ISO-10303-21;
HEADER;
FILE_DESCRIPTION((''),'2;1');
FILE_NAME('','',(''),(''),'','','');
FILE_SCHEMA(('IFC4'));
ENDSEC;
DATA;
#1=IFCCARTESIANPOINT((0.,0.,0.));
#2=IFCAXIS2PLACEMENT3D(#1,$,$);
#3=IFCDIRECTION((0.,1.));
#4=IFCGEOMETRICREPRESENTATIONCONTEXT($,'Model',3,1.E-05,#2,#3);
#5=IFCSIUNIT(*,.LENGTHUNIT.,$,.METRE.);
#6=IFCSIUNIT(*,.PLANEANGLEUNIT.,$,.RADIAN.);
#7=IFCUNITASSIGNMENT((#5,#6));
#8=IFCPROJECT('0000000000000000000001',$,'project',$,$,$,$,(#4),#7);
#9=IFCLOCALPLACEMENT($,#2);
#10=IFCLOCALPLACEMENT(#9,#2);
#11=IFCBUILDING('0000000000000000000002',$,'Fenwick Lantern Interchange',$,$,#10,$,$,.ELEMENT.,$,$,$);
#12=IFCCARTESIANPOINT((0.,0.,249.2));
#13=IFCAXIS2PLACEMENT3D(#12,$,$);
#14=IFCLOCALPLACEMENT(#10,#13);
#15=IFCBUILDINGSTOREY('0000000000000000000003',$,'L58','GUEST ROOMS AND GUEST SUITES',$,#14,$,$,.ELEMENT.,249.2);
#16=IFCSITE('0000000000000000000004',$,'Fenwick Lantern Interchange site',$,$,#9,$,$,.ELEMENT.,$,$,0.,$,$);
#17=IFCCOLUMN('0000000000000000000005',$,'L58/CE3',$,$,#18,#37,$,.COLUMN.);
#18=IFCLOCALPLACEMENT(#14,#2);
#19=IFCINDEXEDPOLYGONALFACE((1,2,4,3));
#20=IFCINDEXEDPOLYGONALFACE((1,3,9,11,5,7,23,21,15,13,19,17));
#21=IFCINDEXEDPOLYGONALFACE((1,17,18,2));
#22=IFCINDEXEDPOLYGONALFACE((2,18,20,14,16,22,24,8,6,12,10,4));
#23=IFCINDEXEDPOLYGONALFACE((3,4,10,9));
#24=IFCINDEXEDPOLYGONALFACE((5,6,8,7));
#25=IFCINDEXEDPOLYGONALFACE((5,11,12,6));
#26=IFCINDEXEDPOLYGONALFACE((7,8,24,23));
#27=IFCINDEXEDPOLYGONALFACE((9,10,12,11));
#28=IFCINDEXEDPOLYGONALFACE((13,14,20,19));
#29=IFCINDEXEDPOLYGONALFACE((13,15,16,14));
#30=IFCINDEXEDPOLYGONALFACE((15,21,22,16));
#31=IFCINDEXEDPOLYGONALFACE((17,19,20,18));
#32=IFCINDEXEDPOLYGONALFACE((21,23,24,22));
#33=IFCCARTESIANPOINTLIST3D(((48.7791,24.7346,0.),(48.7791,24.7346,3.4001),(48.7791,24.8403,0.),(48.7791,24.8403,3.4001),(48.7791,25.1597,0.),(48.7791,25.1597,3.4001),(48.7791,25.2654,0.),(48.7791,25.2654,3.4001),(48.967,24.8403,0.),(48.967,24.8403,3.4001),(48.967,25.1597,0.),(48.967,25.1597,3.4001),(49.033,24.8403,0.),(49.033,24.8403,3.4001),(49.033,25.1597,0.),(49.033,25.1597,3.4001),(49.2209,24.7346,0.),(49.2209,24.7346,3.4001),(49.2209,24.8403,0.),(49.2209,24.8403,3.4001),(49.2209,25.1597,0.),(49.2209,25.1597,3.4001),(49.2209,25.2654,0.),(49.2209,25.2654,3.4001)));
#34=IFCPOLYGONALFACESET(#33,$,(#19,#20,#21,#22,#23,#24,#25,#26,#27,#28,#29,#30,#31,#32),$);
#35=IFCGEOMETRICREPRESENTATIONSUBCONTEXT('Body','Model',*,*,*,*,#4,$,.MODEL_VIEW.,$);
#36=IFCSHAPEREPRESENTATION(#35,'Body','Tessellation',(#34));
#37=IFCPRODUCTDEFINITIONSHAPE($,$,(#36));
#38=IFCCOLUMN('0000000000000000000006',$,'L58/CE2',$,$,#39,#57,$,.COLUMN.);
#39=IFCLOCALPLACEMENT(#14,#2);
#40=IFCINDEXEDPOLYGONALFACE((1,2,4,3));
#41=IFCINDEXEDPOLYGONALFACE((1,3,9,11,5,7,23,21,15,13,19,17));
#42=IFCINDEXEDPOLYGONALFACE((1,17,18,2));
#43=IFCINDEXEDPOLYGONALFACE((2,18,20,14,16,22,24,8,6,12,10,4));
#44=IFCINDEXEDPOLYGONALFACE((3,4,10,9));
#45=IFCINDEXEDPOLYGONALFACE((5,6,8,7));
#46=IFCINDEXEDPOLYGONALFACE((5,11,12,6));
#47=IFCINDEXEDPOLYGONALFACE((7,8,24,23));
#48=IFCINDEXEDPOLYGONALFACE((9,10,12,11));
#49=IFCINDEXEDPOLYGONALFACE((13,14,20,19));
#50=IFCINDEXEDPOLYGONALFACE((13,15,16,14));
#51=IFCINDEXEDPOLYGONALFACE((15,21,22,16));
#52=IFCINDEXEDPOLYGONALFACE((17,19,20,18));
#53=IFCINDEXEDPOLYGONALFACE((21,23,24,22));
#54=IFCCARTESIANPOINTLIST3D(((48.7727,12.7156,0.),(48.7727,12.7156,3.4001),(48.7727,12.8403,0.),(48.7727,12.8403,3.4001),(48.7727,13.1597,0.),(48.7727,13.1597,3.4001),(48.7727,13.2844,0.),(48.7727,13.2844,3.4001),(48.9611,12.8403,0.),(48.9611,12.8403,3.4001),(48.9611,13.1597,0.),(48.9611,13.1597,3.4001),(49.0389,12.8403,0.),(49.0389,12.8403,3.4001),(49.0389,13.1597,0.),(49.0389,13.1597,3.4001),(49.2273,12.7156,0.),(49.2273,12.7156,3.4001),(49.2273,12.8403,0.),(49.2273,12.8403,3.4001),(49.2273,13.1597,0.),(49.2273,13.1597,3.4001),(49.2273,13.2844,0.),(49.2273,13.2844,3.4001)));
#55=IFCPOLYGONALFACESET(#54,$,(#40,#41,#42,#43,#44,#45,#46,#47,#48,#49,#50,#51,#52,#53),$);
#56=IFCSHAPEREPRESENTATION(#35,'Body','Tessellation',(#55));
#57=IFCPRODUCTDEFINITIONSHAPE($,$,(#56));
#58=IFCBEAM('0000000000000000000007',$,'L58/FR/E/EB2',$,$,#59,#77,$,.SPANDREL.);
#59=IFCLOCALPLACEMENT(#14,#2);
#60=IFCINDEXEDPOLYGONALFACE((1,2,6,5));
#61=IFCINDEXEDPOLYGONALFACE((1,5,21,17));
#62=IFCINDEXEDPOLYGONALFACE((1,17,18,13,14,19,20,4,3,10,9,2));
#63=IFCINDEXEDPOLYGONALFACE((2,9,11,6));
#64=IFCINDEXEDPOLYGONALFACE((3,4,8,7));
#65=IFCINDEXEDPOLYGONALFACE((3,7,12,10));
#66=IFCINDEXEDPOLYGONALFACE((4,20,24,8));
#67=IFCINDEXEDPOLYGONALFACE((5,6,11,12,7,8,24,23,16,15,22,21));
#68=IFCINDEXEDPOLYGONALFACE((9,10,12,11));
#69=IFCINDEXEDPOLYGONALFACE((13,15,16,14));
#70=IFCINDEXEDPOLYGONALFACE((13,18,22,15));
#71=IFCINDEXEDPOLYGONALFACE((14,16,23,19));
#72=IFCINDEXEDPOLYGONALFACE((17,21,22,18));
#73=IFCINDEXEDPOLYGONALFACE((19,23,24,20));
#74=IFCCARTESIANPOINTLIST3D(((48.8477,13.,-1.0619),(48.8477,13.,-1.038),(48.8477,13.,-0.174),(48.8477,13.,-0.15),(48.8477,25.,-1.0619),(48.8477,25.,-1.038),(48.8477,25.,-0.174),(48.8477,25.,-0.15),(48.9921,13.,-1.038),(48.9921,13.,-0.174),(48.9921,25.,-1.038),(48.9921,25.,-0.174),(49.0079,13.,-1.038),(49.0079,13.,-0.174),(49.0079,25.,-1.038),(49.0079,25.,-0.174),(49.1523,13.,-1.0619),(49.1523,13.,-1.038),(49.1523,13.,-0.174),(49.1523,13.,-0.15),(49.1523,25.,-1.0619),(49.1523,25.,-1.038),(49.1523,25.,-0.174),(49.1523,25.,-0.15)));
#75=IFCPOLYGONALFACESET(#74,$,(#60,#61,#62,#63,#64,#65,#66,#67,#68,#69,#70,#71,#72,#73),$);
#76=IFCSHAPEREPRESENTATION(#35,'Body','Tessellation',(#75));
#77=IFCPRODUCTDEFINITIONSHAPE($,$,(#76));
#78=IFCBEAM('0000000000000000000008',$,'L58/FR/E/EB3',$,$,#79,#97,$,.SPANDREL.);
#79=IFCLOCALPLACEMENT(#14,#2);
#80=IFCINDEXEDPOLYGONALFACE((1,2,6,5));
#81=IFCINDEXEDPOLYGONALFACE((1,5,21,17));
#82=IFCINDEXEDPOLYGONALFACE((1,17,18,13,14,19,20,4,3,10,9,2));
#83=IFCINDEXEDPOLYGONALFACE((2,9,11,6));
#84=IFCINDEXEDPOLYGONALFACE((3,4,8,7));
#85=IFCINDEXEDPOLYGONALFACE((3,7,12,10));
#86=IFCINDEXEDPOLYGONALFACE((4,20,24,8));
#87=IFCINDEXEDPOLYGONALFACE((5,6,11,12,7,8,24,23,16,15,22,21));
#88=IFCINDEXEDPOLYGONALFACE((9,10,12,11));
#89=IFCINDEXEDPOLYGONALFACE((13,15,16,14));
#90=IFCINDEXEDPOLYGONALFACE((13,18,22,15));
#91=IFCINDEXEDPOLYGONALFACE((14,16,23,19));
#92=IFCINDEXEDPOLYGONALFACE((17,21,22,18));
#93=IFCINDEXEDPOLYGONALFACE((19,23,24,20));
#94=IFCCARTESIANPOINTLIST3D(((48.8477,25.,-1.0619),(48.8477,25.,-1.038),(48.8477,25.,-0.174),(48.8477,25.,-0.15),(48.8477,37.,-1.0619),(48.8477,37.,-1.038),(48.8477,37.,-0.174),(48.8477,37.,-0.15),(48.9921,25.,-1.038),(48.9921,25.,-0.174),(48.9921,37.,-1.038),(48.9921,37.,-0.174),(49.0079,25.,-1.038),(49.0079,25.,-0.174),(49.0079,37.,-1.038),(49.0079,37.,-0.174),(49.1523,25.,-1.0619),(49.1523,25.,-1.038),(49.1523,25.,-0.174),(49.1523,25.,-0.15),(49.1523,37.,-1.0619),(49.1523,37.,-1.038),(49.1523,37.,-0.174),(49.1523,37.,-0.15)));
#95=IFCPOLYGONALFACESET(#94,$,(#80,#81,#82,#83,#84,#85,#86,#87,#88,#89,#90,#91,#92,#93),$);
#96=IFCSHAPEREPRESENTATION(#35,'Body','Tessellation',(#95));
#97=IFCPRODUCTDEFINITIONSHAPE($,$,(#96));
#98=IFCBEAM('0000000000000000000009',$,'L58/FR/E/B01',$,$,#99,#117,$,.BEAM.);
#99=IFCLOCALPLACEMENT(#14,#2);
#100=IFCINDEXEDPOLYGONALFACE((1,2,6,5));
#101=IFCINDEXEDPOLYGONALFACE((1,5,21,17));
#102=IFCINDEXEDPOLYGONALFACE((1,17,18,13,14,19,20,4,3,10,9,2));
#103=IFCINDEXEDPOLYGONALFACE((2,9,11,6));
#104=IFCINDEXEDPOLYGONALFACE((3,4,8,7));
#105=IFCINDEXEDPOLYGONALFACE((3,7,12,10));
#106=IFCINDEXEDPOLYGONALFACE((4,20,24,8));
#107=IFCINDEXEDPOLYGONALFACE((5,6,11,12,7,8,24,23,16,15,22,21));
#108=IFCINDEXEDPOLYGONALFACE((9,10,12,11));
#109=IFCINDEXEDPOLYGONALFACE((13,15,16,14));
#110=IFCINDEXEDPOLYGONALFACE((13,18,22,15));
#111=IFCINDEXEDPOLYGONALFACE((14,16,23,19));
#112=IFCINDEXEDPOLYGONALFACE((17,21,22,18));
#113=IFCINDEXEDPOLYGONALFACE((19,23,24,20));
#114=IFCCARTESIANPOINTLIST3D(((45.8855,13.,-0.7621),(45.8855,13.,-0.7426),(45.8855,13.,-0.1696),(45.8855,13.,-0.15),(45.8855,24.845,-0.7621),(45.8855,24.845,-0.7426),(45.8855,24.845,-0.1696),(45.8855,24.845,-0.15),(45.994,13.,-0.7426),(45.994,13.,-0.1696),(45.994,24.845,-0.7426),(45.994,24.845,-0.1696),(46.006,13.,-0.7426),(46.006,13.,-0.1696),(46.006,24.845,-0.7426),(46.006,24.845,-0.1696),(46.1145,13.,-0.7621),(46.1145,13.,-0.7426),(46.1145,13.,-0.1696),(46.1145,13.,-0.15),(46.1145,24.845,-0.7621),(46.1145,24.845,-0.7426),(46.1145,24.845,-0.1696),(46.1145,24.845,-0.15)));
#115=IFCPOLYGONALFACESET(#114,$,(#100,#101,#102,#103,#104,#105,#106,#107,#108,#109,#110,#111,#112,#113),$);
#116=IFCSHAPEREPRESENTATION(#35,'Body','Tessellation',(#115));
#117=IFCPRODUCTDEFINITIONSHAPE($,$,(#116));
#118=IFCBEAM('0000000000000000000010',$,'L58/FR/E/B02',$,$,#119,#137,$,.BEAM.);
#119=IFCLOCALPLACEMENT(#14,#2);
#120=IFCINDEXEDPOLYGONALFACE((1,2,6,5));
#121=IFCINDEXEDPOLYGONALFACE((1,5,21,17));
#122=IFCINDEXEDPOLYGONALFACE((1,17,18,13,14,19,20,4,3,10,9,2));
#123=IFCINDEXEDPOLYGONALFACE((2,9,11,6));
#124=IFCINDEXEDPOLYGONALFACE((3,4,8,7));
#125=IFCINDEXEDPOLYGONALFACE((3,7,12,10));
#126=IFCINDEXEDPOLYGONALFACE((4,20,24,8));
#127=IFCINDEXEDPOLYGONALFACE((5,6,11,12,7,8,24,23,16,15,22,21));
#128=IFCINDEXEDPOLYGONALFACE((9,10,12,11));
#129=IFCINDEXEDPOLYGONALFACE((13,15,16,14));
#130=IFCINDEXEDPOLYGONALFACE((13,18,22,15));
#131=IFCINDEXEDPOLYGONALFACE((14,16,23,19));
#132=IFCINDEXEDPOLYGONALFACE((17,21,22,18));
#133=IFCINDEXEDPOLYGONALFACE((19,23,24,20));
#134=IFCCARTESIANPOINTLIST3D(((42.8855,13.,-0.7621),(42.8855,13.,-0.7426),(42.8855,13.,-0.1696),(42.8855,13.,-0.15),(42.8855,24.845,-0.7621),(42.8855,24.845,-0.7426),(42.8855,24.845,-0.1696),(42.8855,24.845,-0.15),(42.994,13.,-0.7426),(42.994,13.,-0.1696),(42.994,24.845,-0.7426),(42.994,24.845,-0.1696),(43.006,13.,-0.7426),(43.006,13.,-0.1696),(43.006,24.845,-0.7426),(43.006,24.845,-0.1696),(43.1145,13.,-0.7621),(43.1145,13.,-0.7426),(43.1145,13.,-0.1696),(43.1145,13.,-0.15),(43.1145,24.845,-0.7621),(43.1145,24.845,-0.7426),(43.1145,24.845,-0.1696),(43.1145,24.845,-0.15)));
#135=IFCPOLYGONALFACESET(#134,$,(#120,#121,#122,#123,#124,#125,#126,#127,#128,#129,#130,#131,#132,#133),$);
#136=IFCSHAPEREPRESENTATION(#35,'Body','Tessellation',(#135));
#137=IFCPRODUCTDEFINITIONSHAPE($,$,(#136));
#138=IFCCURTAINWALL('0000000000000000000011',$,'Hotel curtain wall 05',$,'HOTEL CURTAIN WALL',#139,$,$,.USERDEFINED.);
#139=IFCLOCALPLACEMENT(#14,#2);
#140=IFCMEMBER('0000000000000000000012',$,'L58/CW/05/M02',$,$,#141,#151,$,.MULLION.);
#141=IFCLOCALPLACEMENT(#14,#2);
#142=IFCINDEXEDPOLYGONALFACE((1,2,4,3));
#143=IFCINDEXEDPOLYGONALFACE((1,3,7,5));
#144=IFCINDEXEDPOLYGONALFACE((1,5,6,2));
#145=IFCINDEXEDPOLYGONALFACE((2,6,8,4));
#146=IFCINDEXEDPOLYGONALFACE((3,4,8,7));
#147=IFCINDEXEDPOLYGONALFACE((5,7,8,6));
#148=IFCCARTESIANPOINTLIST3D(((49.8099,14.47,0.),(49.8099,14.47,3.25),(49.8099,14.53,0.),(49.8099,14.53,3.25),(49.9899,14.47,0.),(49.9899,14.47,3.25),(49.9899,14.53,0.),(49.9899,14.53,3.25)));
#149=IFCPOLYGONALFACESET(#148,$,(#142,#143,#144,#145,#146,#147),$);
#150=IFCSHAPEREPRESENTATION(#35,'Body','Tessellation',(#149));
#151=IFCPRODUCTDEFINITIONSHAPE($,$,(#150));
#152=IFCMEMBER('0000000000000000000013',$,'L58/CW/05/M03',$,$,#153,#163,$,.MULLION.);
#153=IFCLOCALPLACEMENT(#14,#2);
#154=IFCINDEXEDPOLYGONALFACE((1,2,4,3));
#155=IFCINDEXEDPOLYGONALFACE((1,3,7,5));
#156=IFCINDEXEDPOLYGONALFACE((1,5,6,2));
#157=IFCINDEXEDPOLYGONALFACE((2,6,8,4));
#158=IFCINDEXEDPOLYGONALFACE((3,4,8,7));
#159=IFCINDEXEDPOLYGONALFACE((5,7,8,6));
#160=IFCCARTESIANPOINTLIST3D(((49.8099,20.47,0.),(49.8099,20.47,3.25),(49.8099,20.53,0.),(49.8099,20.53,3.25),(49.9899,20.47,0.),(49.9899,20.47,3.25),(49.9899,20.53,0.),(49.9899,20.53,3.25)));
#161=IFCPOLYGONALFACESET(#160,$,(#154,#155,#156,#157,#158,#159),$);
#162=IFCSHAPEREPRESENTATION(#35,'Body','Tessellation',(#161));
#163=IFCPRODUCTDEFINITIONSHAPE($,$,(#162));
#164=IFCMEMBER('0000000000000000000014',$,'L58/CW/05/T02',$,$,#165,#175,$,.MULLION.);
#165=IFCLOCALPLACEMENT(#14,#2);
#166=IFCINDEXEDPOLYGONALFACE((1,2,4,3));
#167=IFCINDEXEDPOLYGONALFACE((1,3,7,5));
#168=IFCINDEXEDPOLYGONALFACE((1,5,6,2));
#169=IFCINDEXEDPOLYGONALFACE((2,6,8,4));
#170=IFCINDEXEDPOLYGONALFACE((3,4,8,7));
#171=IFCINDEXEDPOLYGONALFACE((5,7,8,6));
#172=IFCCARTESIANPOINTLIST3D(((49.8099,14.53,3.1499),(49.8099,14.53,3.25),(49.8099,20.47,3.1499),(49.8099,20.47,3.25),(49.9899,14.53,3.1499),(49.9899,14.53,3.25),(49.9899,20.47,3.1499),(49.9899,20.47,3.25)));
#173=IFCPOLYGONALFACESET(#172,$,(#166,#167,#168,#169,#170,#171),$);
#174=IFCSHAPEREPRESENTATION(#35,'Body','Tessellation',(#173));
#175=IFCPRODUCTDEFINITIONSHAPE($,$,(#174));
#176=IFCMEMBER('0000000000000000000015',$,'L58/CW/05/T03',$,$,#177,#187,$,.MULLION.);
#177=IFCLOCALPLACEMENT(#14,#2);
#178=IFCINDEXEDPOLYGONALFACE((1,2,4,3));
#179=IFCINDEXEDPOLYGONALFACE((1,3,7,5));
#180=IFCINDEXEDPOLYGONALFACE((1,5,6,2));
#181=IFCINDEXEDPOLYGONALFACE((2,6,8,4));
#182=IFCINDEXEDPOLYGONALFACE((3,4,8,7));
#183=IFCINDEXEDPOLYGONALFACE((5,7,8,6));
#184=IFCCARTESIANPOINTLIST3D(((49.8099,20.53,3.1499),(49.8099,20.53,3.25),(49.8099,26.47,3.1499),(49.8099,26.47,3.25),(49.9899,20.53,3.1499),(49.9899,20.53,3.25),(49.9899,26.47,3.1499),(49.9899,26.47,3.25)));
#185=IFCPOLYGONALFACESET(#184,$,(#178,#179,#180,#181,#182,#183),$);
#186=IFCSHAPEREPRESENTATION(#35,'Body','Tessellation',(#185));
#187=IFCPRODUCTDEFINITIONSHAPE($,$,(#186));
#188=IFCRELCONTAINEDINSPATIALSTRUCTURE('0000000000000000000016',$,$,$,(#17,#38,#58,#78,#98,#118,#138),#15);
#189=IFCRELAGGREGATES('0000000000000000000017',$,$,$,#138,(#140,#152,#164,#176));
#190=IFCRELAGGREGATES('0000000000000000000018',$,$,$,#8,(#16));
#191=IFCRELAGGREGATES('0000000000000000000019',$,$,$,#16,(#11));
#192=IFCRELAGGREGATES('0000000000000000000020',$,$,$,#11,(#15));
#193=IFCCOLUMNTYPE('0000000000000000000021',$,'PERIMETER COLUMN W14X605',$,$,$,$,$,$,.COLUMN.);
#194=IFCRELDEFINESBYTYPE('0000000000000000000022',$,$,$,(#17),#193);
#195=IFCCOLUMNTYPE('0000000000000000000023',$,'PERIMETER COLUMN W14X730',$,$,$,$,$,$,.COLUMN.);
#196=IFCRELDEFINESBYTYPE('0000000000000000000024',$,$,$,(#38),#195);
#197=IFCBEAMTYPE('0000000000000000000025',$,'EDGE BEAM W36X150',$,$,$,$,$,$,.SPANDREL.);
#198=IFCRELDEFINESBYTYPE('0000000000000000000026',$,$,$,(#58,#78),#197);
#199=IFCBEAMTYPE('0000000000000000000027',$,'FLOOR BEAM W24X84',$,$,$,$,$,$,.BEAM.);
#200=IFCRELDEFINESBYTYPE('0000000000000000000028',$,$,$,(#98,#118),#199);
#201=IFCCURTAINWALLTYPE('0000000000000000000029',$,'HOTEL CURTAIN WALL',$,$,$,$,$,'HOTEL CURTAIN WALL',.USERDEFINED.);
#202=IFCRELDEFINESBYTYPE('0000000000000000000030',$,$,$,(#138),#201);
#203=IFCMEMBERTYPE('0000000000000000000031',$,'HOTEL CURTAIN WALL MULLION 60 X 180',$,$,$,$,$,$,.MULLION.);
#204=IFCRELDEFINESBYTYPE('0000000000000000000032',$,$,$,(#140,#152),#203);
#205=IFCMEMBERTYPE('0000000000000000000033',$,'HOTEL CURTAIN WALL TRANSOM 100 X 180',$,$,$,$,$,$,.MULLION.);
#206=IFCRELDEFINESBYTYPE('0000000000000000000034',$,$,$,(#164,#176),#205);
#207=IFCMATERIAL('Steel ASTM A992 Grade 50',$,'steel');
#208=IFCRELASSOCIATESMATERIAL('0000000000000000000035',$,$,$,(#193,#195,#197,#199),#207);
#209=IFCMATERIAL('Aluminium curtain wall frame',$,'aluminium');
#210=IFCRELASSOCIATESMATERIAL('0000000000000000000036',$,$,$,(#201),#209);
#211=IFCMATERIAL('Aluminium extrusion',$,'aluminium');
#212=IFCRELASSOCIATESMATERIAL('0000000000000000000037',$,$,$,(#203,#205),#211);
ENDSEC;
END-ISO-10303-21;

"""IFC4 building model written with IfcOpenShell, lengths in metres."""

from ifc_helpers import new_model, si_unit, direction, frame, origin, origin_2d, place, context, subcontext, project, spatial, rectangle, i_section, extrude, material, material_profile, profile_set, type_object, element, aggregate, save


model = new_model("IFC4")

# Units and contexts
model_context = context("Model", 3, precision=1e-05, world=origin(), true_north=direction((0.0, 1.0)))
body_context = subcontext(model_context, "Body", "Model", "MODEL_VIEW")
ifc_project = project(units=[si_unit("LENGTHUNIT", "METRE"), si_unit("PLANEANGLEUNIT", "RADIAN")], contexts=[model_context])

# Site, building, storey
site_placement = place(None, origin())
site = spatial("IfcSite", under=ifc_project, at=site_placement, Name="Fenwick Lantern Interchange site", CompositionType="ELEMENT", RefElevation=0.0)
building_placement = place(site_placement, origin())
building = spatial("IfcBuilding", under=site, at=building_placement, Name="Fenwick Lantern Interchange", CompositionType="ELEMENT")
storey_placement = place(building_placement, frame((0.0, 0.0, 249.2)))
storey = spatial("IfcBuildingStorey", under=building, at=storey_placement, Name="L58", Description="GUEST ROOMS AND GUEST SUITES", CompositionType="ELEMENT", Elevation=249.2)

# Columns
ifc_material_1 = material(Name="Steel ASTM A992 Grade 50", Category="steel")
ifc_material_profile_1 = material_profile(ifc_material_1, i_section(OverallWidth=0.4419, OverallDepth=0.5308, WebThickness=0.0659, FlangeThickness=0.1057, at=origin_2d()), Name="W14X605")
ifc_profile_set_1 = profile_set([ifc_material_profile_1], Name="Steel ASTM A992 Grade 50")
column_type_1 = type_object("IfcColumnType", Name="PERIMETER COLUMN W14X605", PredefinedType="COLUMN", material=ifc_profile_set_1)
column_1_placement = place(storey_placement, frame((49.0, 25.0, 0.0), z_axis=(0.0, 0.0, 1.0), x_axis=(1.0, 0.0, 0.0)))
element("IfcColumn", 1, at=column_1_placement, inside=storey, type_object=column_type_1, Name="L58/CE3", PredefinedType="COLUMN", context=body_context, shape_type="SweptSolid", body=[
    extrude(i_section(OverallWidth=0.4419, OverallDepth=0.5308, WebThickness=0.0659, FlangeThickness=0.1057, at=origin_2d()), origin(), (0.0, 0.0, 1.0), 3.4001),
])
ifc_material_profile_2 = material_profile(ifc_material_1, i_section(OverallWidth=0.4546, OverallDepth=0.5688, WebThickness=0.0779, FlangeThickness=0.1248, at=origin_2d()), Name="W14X730")
ifc_profile_set_2 = profile_set([ifc_material_profile_2], Name="Steel ASTM A992 Grade 50")
column_type_2 = type_object("IfcColumnType", Name="PERIMETER COLUMN W14X730", PredefinedType="COLUMN", material=ifc_profile_set_2)
column_2_placement = place(storey_placement, frame((49.0, 13.0, 0.0), z_axis=(0.0, 0.0, 1.0), x_axis=(1.0, 0.0, 0.0)))
element("IfcColumn", 2, at=column_2_placement, inside=storey, type_object=column_type_2, Name="L58/CE2", PredefinedType="COLUMN", context=body_context, shape_type="SweptSolid", body=[
    extrude(i_section(OverallWidth=0.4546, OverallDepth=0.5688, WebThickness=0.0779, FlangeThickness=0.1248, at=origin_2d()), origin(), (0.0, 0.0, 1.0), 3.4001),
])

# Beams
ifc_material_profile_3 = material_profile(ifc_material_1, i_section(OverallWidth=0.3047, OverallDepth=0.9119, WebThickness=0.0159, FlangeThickness=0.0239, at=origin_2d()), Name="W36X150")
ifc_profile_set_3 = profile_set([ifc_material_profile_3], Name="Steel ASTM A992 Grade 50")
beam_type_1 = type_object("IfcBeamType", Name="EDGE BEAM W36X150", PredefinedType="SPANDREL", material=ifc_profile_set_3)
for number, where, z_axis, x_axis, name in (
    (3, (49.0, 13.0, -0.606), (0.0, 1.0, 0.0), (-1.0, 0.0, 0.0), "L58/FR/E/EB2"),
    (4, (49.0, 25.0, -0.606), (0.0, 1.0, 0.0), (-1.0, 0.0, 0.0), "L58/FR/E/EB3"),
):
    element("IfcBeam", number, at=place(storey_placement, frame(where, z_axis=z_axis, x_axis=x_axis)), inside=storey, type_object=beam_type_1, Name=name, PredefinedType="SPANDREL", context=body_context, shape_type="SweptSolid", body=[
        extrude(i_section(OverallWidth=0.3047, OverallDepth=0.9119, WebThickness=0.0159, FlangeThickness=0.0239, at=origin_2d()), origin(), (0.0, 0.0, 1.0), 12.0),
    ])
ifc_material_profile_4 = material_profile(ifc_material_1, i_section(OverallWidth=0.229, OverallDepth=0.6121, WebThickness=0.012, FlangeThickness=0.0195, at=origin_2d()), Name="W24X84")
ifc_profile_set_4 = profile_set([ifc_material_profile_4], Name="Steel ASTM A992 Grade 50")
beam_type_2 = type_object("IfcBeamType", Name="FLOOR BEAM W24X84", PredefinedType="BEAM", material=ifc_profile_set_4)
for number, where, z_axis, x_axis, name in (
    (5, (46.0, 13.0, -0.4561), (0.0, 1.0, 0.0), (-1.0, 0.0, 0.0), "L58/FR/E/B01"),
    (6, (43.0, 13.0, -0.4561), (0.0, 1.0, 0.0), (-1.0, 0.0, 0.0), "L58/FR/E/B02"),
):
    element("IfcBeam", number, at=place(storey_placement, frame(where, z_axis=z_axis, x_axis=x_axis)), inside=storey, type_object=beam_type_2, Name=name, PredefinedType="BEAM", context=body_context, shape_type="SweptSolid", body=[
        extrude(i_section(OverallWidth=0.229, OverallDepth=0.6121, WebThickness=0.012, FlangeThickness=0.0195, at=origin_2d()), origin(), (0.0, 0.0, 1.0), 11.845),
    ])

# Curtain wall, members
ifc_material_2 = material(Name="Aluminium curtain wall frame", Category="aluminium")
curtain_wall_type = type_object("IfcCurtainWallType", Name="HOTEL CURTAIN WALL", ElementType="HOTEL CURTAIN WALL", PredefinedType="USERDEFINED", material=ifc_material_2)
curtain_wall_placement = place(storey_placement, origin())
curtain_wall = element("IfcCurtainWall", 7, at=curtain_wall_placement, inside=storey, type_object=curtain_wall_type, Name="Hotel curtain wall 05", ObjectType="HOTEL CURTAIN WALL", PredefinedType="USERDEFINED")
ifc_material_3 = material(Name="Aluminium extrusion", Category="aluminium")
ifc_material_profile_5 = material_profile(ifc_material_3, rectangle(XDim=0.1799, YDim=0.0601, at=origin_2d()), Name="HOTEL CURTAIN WALL MULLION 60 X 180")
ifc_profile_set_5 = profile_set([ifc_material_profile_5], Name="Aluminium extrusion")
member_type_1 = type_object("IfcMemberType", Name="HOTEL CURTAIN WALL MULLION 60 X 180", PredefinedType="MULLION", material=ifc_profile_set_5)
member_1_placement = place(storey_placement, frame((49.8999, 14.5, 0.0), z_axis=(0.0, 0.0, 1.0), x_axis=(-1.0, 0.0, 0.0)))
member_1 = element("IfcMember", 8, at=member_1_placement, type_object=member_type_1, Name="L58/CW/05/M02", PredefinedType="MULLION", context=body_context, shape_type="SweptSolid", body=[
    extrude(rectangle(XDim=0.1799, YDim=0.0601, at=origin_2d()), origin(), (0.0, 0.0, 1.0), 3.25),
])
member_2_placement = place(storey_placement, frame((49.8999, 20.5, 0.0), z_axis=(0.0, 0.0, 1.0), x_axis=(-1.0, 0.0, 0.0)))
member_2 = element("IfcMember", 9, at=member_2_placement, type_object=member_type_1, Name="L58/CW/05/M03", PredefinedType="MULLION", context=body_context, shape_type="SweptSolid", body=[
    extrude(rectangle(XDim=0.1799, YDim=0.0601, at=origin_2d()), origin(), (0.0, 0.0, 1.0), 3.25),
])
ifc_material_profile_6 = material_profile(ifc_material_3, rectangle(XDim=0.1799, YDim=0.1001, at=origin_2d()), Name="HOTEL CURTAIN WALL TRANSOM 100 X 180")
ifc_profile_set_6 = profile_set([ifc_material_profile_6], Name="Aluminium extrusion")
member_type_2 = type_object("IfcMemberType", Name="HOTEL CURTAIN WALL TRANSOM 100 X 180", PredefinedType="MULLION", material=ifc_profile_set_6)
member_3_placement = place(storey_placement, frame((49.8999, 14.53, 3.2), z_axis=(0.0, 1.0, 0.0), x_axis=(-1.0, 0.0, 0.0)))
member_3 = element("IfcMember", 10, at=member_3_placement, type_object=member_type_2, Name="L58/CW/05/T02", PredefinedType="MULLION", context=body_context, shape_type="SweptSolid", body=[
    extrude(rectangle(XDim=0.1799, YDim=0.1001, at=origin_2d()), origin(), (0.0, 0.0, 1.0), 5.9399),
])
member_4_placement = place(storey_placement, frame((49.8999, 20.53, 3.2), z_axis=(0.0, 1.0, 0.0), x_axis=(-1.0, 0.0, 0.0)))
member_4 = element("IfcMember", 11, at=member_4_placement, type_object=member_type_2, Name="L58/CW/05/T03", PredefinedType="MULLION", context=body_context, shape_type="SweptSolid", body=[
    extrude(rectangle(XDim=0.1799, YDim=0.1001, at=origin_2d()), origin(), (0.0, 0.0, 1.0), 5.9399),
])
aggregate(curtain_wall, [member_1, member_2, member_3, member_4])

save(model, "model.ifc")
